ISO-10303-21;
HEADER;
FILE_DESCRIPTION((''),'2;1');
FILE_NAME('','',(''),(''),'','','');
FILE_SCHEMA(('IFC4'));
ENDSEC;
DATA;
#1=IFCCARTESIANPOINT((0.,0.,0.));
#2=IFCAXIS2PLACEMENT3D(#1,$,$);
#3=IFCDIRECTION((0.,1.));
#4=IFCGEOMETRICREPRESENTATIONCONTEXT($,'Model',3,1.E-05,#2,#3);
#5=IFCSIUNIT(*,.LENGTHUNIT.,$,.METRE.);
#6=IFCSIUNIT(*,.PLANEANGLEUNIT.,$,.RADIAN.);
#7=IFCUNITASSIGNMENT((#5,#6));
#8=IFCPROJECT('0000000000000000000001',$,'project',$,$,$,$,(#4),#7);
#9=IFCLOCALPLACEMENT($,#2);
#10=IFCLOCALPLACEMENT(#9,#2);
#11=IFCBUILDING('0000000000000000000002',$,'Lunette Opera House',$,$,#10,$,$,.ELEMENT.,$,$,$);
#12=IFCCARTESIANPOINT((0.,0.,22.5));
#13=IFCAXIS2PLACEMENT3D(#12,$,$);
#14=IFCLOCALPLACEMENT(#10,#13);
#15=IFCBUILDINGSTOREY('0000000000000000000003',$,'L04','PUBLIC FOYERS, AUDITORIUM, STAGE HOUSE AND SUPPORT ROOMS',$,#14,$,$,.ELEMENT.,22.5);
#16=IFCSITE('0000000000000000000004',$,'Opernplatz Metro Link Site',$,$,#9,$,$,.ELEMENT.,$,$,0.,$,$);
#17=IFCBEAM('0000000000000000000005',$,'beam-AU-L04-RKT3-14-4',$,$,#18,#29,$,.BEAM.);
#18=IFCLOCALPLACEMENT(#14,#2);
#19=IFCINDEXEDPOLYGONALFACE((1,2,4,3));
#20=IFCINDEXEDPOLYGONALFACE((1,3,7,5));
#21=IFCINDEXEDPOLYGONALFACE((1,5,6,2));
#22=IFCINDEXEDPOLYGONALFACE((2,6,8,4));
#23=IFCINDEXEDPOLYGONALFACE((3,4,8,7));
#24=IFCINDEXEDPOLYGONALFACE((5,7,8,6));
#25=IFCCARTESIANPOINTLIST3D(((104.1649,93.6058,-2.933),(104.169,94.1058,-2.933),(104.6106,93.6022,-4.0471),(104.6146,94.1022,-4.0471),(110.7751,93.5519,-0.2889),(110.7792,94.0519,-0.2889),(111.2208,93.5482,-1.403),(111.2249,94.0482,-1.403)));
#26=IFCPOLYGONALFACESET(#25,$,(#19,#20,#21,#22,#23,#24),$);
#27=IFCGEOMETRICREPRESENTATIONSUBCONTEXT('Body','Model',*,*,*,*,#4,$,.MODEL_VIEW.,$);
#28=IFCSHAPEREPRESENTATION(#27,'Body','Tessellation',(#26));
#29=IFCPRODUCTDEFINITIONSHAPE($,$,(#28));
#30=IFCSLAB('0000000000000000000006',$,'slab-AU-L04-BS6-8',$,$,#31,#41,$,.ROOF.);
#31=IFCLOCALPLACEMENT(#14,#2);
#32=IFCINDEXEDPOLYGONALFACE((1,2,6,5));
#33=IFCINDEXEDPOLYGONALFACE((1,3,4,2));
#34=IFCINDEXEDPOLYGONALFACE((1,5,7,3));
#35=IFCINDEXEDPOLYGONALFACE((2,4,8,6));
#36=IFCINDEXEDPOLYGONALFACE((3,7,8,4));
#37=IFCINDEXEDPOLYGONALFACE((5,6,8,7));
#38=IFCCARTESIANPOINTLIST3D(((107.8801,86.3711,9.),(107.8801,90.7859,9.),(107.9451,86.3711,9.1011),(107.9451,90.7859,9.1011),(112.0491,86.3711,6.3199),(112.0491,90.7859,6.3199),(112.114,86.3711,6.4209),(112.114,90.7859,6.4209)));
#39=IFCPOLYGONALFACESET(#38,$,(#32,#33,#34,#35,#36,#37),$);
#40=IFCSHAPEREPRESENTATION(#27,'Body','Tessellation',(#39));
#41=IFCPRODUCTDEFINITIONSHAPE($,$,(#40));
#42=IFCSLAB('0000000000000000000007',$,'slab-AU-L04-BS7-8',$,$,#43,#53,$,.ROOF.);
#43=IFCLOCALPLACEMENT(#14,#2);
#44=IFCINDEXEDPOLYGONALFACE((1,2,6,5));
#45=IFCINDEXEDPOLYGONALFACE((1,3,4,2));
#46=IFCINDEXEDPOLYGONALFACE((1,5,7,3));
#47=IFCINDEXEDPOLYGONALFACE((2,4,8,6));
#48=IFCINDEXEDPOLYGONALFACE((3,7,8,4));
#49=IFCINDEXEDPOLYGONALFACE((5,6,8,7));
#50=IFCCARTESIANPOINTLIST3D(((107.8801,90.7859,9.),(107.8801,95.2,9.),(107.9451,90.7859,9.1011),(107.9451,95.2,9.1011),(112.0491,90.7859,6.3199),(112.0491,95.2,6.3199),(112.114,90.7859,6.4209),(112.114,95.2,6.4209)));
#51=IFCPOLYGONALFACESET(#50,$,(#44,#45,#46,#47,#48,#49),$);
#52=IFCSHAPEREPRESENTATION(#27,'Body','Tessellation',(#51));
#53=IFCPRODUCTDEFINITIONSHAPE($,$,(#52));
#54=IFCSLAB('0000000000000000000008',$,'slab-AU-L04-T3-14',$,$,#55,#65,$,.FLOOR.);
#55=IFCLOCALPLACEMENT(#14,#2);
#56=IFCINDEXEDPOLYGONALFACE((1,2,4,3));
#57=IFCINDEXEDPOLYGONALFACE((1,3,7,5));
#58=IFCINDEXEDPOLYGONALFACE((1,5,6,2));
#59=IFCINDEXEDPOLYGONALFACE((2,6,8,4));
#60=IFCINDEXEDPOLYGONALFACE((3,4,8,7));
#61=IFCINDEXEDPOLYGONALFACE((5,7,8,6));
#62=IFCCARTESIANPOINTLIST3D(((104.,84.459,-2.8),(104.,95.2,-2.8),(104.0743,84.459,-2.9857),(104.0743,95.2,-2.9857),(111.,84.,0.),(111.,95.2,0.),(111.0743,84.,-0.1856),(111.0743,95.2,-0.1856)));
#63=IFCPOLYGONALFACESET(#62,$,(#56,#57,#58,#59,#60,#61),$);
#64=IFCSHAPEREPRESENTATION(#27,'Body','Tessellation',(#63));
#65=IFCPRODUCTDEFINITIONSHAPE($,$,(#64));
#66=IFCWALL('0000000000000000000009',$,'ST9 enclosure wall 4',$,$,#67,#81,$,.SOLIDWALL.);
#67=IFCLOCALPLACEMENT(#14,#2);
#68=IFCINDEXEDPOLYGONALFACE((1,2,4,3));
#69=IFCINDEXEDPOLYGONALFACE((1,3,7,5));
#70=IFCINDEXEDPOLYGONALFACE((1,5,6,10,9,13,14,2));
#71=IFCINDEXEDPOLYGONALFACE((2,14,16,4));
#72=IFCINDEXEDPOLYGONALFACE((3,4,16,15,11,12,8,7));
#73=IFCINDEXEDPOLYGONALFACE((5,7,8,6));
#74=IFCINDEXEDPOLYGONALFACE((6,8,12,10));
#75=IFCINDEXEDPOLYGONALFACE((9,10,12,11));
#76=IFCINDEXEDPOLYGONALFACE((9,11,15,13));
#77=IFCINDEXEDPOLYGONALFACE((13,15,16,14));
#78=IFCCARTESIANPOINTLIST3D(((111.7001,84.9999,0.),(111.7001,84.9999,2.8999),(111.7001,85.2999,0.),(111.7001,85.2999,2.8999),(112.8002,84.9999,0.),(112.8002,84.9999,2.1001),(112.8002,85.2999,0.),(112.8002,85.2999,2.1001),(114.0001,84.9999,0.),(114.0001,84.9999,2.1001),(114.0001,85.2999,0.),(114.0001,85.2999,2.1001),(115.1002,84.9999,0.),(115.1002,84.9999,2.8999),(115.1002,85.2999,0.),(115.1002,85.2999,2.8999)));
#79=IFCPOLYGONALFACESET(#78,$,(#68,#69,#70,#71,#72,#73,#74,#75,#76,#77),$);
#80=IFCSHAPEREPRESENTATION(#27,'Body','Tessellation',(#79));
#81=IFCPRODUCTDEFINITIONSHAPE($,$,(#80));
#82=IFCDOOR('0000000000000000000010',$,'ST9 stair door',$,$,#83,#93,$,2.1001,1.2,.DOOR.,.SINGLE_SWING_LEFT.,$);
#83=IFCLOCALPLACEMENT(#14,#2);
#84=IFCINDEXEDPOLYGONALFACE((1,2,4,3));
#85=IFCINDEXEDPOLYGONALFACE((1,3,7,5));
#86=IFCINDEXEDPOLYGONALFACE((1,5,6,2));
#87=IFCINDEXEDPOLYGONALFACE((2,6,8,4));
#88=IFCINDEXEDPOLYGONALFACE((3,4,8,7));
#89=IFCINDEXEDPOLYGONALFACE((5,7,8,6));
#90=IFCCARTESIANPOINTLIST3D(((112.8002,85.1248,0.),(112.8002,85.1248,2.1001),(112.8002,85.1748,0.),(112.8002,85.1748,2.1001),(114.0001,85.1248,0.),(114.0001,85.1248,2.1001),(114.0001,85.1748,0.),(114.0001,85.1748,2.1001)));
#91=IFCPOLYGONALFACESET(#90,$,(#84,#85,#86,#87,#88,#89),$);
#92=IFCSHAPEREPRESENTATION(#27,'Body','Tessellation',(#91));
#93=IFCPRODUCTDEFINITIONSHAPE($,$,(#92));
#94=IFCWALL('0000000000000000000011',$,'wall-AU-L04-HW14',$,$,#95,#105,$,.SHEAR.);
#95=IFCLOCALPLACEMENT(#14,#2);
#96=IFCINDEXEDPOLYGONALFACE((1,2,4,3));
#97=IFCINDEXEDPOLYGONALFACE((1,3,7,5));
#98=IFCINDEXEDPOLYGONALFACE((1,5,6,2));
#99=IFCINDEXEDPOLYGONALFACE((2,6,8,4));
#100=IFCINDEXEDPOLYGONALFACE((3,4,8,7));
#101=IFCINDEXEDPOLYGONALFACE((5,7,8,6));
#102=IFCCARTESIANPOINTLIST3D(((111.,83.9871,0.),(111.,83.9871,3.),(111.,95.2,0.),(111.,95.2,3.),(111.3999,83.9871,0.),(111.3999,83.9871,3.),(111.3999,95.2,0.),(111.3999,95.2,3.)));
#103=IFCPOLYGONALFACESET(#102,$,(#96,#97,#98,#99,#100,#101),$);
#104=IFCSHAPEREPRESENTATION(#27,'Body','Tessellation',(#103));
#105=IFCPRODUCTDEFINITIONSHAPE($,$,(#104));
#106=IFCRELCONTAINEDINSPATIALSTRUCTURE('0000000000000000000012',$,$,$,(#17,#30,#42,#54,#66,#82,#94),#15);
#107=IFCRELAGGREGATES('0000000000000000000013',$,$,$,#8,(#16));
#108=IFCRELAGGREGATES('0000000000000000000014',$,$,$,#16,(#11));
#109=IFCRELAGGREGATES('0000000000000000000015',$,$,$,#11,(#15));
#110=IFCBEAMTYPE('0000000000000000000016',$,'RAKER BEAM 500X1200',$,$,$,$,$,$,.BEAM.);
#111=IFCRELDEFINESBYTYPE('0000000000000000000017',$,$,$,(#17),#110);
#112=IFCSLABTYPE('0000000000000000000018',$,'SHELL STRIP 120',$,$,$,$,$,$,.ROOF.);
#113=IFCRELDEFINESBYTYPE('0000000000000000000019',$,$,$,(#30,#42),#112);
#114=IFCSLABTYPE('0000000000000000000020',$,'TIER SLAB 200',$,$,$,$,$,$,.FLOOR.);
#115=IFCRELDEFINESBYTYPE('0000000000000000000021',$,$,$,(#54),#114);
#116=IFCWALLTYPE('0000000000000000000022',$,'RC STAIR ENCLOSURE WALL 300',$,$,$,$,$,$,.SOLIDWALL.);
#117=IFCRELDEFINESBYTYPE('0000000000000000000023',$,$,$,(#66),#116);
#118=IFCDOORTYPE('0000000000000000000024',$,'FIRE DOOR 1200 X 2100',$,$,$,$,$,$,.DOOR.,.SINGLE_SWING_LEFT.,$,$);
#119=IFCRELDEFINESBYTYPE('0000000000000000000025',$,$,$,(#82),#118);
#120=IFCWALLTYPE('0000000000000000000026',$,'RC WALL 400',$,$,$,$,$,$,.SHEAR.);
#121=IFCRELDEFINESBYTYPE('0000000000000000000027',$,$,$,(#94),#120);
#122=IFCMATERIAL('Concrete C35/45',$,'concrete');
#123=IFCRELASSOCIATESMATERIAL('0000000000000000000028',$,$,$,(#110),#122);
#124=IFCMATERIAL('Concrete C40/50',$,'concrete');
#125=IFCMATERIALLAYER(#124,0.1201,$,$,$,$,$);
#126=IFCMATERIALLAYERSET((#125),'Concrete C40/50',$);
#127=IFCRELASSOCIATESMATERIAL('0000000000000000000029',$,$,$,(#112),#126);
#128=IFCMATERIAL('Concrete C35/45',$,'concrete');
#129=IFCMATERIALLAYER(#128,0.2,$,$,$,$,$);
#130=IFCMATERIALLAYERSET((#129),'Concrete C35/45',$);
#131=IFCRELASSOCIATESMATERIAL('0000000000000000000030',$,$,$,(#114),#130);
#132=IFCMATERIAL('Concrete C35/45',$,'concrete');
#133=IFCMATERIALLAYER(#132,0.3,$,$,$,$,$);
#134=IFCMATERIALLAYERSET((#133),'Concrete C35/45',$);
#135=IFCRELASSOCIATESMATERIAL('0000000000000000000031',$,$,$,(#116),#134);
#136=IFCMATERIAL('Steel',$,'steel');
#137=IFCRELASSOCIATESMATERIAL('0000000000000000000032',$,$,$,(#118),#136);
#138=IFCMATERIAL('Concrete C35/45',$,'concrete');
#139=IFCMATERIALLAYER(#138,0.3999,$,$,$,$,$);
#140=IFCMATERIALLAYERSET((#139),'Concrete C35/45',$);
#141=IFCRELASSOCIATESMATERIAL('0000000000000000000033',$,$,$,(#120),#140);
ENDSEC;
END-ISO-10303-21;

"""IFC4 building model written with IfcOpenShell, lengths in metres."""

from ifc_helpers import new_model, si_unit, direction, frame, frame_2d, origin, origin_2d, place, context, subcontext, project, spatial, polyline, rectangle, outline, extrude, material, layer, layer_set, material_profile, profile_set, type_object, element, fill, save


model = new_model("IFC4")

# Units and contexts
model_context = context("Model", 3, precision=1e-05, world=origin(), true_north=direction((0.0, 1.0)))
body_context = subcontext(model_context, "Body", "Model", "MODEL_VIEW")
ifc_project = project(units=[si_unit("LENGTHUNIT", "METRE"), si_unit("PLANEANGLEUNIT", "RADIAN")], contexts=[model_context])

# Site, building, storey
site_placement = place(None, origin())
site = spatial("IfcSite", under=ifc_project, at=site_placement, Name="Opernplatz Metro Link Site", CompositionType="ELEMENT", RefElevation=0.0)
building_placement = place(site_placement, origin())
building = spatial("IfcBuilding", under=site, at=building_placement, Name="Lunette Opera House", CompositionType="ELEMENT")
storey_placement = place(building_placement, frame((0.0, 0.0, 22.5)))
storey = spatial("IfcBuildingStorey", under=building, at=storey_placement, Name="L04", Description="PUBLIC FOYERS, AUDITORIUM, STAGE HOUSE AND SUPPORT ROOMS", CompositionType="ELEMENT", Elevation=22.5)

# Beam
ifc_material_1 = material(Name="Concrete C35/45", Category="concrete")
ifc_material_profile_1 = material_profile(ifc_material_1, rectangle(XDim=0.5, YDim=1.2, at=origin_2d()), Name="RAKER BEAM 500X1200")
ifc_profile_set_1 = profile_set([ifc_material_profile_1], Name="Concrete C35/45")
beam_type_1 = type_object("IfcBeamType", Name="RAKER BEAM 500X1200", PredefinedType="BEAM", material=ifc_profile_set_1)
beam_1_placement = place(storey_placement, frame((111.0, 93.8, -0.8459), z_axis=(-0.92845, 0.007578, -0.37138), x_axis=(-0.008162, -0.999967, 0.0)))
element("IfcBeam", 1, at=beam_1_placement, inside=storey, type_object=beam_type_1, Name="beam-AU-L04-RKT3-14-4", PredefinedType="BEAM", context=body_context, shape_type="SweptSolid", body=[
    extrude(rectangle(XDim=0.5, YDim=1.2, at=origin_2d()), origin(), (0.0, 0.0, 1.0), 7.1196),
])

# Slabs
ifc_material_2 = material(Name="Concrete C40/50", Category="concrete")
ifc_layer_1 = layer(ifc_material_2, 0.1201)
ifc_layer_set_1 = layer_set([ifc_layer_1], Name="Concrete C40/50")
slab_type_1 = type_object("IfcSlabType", Name="SHELL STRIP 120", PredefinedType="ROOF", material=ifc_layer_set_1)
slab_1_placement = place(storey_placement, frame((107.9451, 86.3711, 9.1011), z_axis=(0.540778, 0.0, 0.841166), x_axis=(0.841166, 0.0, -0.540778)))
element("IfcSlab", 2, at=slab_1_placement, inside=storey, type_object=slab_type_1, Name="slab-AU-L04-BS6-8", PredefinedType="ROOF", context=body_context, shape_type="SweptSolid", body=[
    extrude(outline(polyline([(0.0, 0.0), (4.9562, 0.0), (4.9562, 4.4148), (0.0, 4.4148), (0.0, 0.0)])), origin(), (0.0, 0.0, -1.0), 0.1201),
])
slab_2_placement = place(storey_placement, frame((107.9451, 90.7859, 9.1011), z_axis=(0.540778, 0.0, 0.841166), x_axis=(0.841166, 0.0, -0.540778)))
element("IfcSlab", 3, at=slab_2_placement, inside=storey, type_object=slab_type_1, Name="slab-AU-L04-BS7-8", PredefinedType="ROOF", context=body_context, shape_type="SweptSolid", body=[
    extrude(outline(polyline([(0.0, 0.0), (4.9562, 0.0), (4.9562, 4.4141), (0.0, 4.4141), (0.0, 0.0)])), origin(), (0.0, 0.0, -1.0), 0.1201),
])
ifc_material_3 = material(Name="Concrete C35/45", Category="concrete")
ifc_layer_2 = layer(ifc_material_3, 0.2)
ifc_layer_set_2 = layer_set([ifc_layer_2], Name="Concrete C35/45")
slab_type_2 = type_object("IfcSlabType", Name="TIER SLAB 200", PredefinedType="FLOOR", material=ifc_layer_set_2)
slab_3_placement = place(storey_placement, frame((111.0, 84.0, 0.0), z_axis=(-0.371396, 0.0, 0.928474), x_axis=(0.0, 1.0, 0.0)))
element("IfcSlab", 4, at=slab_3_placement, inside=storey, type_object=slab_type_2, Name="slab-AU-L04-T3-14", PredefinedType="FLOOR", context=body_context, shape_type="SweptSolid", body=[
    extrude(outline(polyline([(0.0, 0.0), (11.2, 0.0), (11.2, 7.5392), (0.459, 7.5392), (0.0, 0.0)])), origin(), (0.0, 0.0, -1.0), 0.2),
])

# Wall, opening, door
ifc_material_4 = material(Name="Concrete C35/45", Category="concrete")
ifc_layer_3 = layer(ifc_material_4, 0.3)
ifc_layer_set_3 = layer_set([ifc_layer_3], Name="Concrete C35/45")
wall_type_1 = type_object("IfcWallType", Name="RC STAIR ENCLOSURE WALL 300", PredefinedType="SOLIDWALL", material=ifc_layer_set_3)
wall_1_placement = place(storey_placement, frame((111.7, 85.1499, 0.0), z_axis=(0.0, 0.0, 1.0), x_axis=(1.0, 0.0, 0.0)))
wall_1 = element("IfcWall", 5, at=wall_1_placement, inside=storey, type_object=wall_type_1, Name="ST9 enclosure wall 4", PredefinedType="SOLIDWALL", context=body_context, shape_type="SweptSolid", body=[
    extrude(rectangle(XDim=3.4001, YDim=0.3, at=frame_2d((1.7002, 0.0))), origin(), (0.0, 0.0, 1.0), 2.8999),
])
opening_1_placement = place(wall_1_placement, frame((1.1001, 0.0, 0.0)))
opening_1 = element("IfcOpeningElement", 6, at=opening_1_placement, cuts=wall_1, PredefinedType="OPENING", context=body_context, shape_type="SweptSolid", body=[
    extrude(rectangle(XDim=1.2, YDim=2.1001, at=frame_2d((0.6001, 1.05))), frame((0.0, 0.1621, 0.0), z_axis=(0.0, -1.0, 0.0), x_axis=(1.0, 0.0, 0.0)), (0.0, 0.0, 1.0), 0.324),
])
ifc_material_5 = material(Name="Steel", Category="steel")
door_type = type_object("IfcDoorType", Name="FIRE DOOR 1200 X 2100", OperationType="SINGLE_SWING_LEFT", PredefinedType="DOOR", material=ifc_material_5)
door_placement = place(opening_1_placement, origin())
door = element("IfcDoor", 7, at=door_placement, inside=storey, type_object=door_type, Name="ST9 stair door", OperationType="SINGLE_SWING_LEFT", OverallHeight=2.1001, OverallWidth=1.2, PredefinedType="DOOR", context=body_context, shape_type="SweptSolid", body=[
    extrude(rectangle(XDim=1.2, YDim=2.1001, at=frame_2d((0.6001, 1.05))), frame((0.0, 0.0249, 0.0), z_axis=(0.0, -1.0, 0.0), x_axis=(1.0, 0.0, 0.0)), (0.0, 0.0, 1.0), 0.05),
])
fill(opening_1, door)

# Wall
ifc_material_6 = material(Name="Concrete C35/45", Category="concrete")
ifc_layer_4 = layer(ifc_material_6, 0.3999)
ifc_layer_set_4 = layer_set([ifc_layer_4], Name="Concrete C35/45")
wall_type_2 = type_object("IfcWallType", Name="RC WALL 400", PredefinedType="SHEAR", material=ifc_layer_set_4)
wall_2_placement = place(storey_placement, frame((111.2, 83.9871, 0.0), z_axis=(0.0, 0.0, 1.0), x_axis=(0.0, 1.0, 0.0)))
element("IfcWall", 8, at=wall_2_placement, inside=storey, type_object=wall_type_2, Name="wall-AU-L04-HW14", PredefinedType="SHEAR", context=body_context, shape_type="SweptSolid", body=[
    extrude(rectangle(XDim=11.2129, YDim=0.3999, at=frame_2d((5.6064, 0.0))), origin(), (0.0, 0.0, 1.0), 3.0),
])

save(model, "model.ifc")
